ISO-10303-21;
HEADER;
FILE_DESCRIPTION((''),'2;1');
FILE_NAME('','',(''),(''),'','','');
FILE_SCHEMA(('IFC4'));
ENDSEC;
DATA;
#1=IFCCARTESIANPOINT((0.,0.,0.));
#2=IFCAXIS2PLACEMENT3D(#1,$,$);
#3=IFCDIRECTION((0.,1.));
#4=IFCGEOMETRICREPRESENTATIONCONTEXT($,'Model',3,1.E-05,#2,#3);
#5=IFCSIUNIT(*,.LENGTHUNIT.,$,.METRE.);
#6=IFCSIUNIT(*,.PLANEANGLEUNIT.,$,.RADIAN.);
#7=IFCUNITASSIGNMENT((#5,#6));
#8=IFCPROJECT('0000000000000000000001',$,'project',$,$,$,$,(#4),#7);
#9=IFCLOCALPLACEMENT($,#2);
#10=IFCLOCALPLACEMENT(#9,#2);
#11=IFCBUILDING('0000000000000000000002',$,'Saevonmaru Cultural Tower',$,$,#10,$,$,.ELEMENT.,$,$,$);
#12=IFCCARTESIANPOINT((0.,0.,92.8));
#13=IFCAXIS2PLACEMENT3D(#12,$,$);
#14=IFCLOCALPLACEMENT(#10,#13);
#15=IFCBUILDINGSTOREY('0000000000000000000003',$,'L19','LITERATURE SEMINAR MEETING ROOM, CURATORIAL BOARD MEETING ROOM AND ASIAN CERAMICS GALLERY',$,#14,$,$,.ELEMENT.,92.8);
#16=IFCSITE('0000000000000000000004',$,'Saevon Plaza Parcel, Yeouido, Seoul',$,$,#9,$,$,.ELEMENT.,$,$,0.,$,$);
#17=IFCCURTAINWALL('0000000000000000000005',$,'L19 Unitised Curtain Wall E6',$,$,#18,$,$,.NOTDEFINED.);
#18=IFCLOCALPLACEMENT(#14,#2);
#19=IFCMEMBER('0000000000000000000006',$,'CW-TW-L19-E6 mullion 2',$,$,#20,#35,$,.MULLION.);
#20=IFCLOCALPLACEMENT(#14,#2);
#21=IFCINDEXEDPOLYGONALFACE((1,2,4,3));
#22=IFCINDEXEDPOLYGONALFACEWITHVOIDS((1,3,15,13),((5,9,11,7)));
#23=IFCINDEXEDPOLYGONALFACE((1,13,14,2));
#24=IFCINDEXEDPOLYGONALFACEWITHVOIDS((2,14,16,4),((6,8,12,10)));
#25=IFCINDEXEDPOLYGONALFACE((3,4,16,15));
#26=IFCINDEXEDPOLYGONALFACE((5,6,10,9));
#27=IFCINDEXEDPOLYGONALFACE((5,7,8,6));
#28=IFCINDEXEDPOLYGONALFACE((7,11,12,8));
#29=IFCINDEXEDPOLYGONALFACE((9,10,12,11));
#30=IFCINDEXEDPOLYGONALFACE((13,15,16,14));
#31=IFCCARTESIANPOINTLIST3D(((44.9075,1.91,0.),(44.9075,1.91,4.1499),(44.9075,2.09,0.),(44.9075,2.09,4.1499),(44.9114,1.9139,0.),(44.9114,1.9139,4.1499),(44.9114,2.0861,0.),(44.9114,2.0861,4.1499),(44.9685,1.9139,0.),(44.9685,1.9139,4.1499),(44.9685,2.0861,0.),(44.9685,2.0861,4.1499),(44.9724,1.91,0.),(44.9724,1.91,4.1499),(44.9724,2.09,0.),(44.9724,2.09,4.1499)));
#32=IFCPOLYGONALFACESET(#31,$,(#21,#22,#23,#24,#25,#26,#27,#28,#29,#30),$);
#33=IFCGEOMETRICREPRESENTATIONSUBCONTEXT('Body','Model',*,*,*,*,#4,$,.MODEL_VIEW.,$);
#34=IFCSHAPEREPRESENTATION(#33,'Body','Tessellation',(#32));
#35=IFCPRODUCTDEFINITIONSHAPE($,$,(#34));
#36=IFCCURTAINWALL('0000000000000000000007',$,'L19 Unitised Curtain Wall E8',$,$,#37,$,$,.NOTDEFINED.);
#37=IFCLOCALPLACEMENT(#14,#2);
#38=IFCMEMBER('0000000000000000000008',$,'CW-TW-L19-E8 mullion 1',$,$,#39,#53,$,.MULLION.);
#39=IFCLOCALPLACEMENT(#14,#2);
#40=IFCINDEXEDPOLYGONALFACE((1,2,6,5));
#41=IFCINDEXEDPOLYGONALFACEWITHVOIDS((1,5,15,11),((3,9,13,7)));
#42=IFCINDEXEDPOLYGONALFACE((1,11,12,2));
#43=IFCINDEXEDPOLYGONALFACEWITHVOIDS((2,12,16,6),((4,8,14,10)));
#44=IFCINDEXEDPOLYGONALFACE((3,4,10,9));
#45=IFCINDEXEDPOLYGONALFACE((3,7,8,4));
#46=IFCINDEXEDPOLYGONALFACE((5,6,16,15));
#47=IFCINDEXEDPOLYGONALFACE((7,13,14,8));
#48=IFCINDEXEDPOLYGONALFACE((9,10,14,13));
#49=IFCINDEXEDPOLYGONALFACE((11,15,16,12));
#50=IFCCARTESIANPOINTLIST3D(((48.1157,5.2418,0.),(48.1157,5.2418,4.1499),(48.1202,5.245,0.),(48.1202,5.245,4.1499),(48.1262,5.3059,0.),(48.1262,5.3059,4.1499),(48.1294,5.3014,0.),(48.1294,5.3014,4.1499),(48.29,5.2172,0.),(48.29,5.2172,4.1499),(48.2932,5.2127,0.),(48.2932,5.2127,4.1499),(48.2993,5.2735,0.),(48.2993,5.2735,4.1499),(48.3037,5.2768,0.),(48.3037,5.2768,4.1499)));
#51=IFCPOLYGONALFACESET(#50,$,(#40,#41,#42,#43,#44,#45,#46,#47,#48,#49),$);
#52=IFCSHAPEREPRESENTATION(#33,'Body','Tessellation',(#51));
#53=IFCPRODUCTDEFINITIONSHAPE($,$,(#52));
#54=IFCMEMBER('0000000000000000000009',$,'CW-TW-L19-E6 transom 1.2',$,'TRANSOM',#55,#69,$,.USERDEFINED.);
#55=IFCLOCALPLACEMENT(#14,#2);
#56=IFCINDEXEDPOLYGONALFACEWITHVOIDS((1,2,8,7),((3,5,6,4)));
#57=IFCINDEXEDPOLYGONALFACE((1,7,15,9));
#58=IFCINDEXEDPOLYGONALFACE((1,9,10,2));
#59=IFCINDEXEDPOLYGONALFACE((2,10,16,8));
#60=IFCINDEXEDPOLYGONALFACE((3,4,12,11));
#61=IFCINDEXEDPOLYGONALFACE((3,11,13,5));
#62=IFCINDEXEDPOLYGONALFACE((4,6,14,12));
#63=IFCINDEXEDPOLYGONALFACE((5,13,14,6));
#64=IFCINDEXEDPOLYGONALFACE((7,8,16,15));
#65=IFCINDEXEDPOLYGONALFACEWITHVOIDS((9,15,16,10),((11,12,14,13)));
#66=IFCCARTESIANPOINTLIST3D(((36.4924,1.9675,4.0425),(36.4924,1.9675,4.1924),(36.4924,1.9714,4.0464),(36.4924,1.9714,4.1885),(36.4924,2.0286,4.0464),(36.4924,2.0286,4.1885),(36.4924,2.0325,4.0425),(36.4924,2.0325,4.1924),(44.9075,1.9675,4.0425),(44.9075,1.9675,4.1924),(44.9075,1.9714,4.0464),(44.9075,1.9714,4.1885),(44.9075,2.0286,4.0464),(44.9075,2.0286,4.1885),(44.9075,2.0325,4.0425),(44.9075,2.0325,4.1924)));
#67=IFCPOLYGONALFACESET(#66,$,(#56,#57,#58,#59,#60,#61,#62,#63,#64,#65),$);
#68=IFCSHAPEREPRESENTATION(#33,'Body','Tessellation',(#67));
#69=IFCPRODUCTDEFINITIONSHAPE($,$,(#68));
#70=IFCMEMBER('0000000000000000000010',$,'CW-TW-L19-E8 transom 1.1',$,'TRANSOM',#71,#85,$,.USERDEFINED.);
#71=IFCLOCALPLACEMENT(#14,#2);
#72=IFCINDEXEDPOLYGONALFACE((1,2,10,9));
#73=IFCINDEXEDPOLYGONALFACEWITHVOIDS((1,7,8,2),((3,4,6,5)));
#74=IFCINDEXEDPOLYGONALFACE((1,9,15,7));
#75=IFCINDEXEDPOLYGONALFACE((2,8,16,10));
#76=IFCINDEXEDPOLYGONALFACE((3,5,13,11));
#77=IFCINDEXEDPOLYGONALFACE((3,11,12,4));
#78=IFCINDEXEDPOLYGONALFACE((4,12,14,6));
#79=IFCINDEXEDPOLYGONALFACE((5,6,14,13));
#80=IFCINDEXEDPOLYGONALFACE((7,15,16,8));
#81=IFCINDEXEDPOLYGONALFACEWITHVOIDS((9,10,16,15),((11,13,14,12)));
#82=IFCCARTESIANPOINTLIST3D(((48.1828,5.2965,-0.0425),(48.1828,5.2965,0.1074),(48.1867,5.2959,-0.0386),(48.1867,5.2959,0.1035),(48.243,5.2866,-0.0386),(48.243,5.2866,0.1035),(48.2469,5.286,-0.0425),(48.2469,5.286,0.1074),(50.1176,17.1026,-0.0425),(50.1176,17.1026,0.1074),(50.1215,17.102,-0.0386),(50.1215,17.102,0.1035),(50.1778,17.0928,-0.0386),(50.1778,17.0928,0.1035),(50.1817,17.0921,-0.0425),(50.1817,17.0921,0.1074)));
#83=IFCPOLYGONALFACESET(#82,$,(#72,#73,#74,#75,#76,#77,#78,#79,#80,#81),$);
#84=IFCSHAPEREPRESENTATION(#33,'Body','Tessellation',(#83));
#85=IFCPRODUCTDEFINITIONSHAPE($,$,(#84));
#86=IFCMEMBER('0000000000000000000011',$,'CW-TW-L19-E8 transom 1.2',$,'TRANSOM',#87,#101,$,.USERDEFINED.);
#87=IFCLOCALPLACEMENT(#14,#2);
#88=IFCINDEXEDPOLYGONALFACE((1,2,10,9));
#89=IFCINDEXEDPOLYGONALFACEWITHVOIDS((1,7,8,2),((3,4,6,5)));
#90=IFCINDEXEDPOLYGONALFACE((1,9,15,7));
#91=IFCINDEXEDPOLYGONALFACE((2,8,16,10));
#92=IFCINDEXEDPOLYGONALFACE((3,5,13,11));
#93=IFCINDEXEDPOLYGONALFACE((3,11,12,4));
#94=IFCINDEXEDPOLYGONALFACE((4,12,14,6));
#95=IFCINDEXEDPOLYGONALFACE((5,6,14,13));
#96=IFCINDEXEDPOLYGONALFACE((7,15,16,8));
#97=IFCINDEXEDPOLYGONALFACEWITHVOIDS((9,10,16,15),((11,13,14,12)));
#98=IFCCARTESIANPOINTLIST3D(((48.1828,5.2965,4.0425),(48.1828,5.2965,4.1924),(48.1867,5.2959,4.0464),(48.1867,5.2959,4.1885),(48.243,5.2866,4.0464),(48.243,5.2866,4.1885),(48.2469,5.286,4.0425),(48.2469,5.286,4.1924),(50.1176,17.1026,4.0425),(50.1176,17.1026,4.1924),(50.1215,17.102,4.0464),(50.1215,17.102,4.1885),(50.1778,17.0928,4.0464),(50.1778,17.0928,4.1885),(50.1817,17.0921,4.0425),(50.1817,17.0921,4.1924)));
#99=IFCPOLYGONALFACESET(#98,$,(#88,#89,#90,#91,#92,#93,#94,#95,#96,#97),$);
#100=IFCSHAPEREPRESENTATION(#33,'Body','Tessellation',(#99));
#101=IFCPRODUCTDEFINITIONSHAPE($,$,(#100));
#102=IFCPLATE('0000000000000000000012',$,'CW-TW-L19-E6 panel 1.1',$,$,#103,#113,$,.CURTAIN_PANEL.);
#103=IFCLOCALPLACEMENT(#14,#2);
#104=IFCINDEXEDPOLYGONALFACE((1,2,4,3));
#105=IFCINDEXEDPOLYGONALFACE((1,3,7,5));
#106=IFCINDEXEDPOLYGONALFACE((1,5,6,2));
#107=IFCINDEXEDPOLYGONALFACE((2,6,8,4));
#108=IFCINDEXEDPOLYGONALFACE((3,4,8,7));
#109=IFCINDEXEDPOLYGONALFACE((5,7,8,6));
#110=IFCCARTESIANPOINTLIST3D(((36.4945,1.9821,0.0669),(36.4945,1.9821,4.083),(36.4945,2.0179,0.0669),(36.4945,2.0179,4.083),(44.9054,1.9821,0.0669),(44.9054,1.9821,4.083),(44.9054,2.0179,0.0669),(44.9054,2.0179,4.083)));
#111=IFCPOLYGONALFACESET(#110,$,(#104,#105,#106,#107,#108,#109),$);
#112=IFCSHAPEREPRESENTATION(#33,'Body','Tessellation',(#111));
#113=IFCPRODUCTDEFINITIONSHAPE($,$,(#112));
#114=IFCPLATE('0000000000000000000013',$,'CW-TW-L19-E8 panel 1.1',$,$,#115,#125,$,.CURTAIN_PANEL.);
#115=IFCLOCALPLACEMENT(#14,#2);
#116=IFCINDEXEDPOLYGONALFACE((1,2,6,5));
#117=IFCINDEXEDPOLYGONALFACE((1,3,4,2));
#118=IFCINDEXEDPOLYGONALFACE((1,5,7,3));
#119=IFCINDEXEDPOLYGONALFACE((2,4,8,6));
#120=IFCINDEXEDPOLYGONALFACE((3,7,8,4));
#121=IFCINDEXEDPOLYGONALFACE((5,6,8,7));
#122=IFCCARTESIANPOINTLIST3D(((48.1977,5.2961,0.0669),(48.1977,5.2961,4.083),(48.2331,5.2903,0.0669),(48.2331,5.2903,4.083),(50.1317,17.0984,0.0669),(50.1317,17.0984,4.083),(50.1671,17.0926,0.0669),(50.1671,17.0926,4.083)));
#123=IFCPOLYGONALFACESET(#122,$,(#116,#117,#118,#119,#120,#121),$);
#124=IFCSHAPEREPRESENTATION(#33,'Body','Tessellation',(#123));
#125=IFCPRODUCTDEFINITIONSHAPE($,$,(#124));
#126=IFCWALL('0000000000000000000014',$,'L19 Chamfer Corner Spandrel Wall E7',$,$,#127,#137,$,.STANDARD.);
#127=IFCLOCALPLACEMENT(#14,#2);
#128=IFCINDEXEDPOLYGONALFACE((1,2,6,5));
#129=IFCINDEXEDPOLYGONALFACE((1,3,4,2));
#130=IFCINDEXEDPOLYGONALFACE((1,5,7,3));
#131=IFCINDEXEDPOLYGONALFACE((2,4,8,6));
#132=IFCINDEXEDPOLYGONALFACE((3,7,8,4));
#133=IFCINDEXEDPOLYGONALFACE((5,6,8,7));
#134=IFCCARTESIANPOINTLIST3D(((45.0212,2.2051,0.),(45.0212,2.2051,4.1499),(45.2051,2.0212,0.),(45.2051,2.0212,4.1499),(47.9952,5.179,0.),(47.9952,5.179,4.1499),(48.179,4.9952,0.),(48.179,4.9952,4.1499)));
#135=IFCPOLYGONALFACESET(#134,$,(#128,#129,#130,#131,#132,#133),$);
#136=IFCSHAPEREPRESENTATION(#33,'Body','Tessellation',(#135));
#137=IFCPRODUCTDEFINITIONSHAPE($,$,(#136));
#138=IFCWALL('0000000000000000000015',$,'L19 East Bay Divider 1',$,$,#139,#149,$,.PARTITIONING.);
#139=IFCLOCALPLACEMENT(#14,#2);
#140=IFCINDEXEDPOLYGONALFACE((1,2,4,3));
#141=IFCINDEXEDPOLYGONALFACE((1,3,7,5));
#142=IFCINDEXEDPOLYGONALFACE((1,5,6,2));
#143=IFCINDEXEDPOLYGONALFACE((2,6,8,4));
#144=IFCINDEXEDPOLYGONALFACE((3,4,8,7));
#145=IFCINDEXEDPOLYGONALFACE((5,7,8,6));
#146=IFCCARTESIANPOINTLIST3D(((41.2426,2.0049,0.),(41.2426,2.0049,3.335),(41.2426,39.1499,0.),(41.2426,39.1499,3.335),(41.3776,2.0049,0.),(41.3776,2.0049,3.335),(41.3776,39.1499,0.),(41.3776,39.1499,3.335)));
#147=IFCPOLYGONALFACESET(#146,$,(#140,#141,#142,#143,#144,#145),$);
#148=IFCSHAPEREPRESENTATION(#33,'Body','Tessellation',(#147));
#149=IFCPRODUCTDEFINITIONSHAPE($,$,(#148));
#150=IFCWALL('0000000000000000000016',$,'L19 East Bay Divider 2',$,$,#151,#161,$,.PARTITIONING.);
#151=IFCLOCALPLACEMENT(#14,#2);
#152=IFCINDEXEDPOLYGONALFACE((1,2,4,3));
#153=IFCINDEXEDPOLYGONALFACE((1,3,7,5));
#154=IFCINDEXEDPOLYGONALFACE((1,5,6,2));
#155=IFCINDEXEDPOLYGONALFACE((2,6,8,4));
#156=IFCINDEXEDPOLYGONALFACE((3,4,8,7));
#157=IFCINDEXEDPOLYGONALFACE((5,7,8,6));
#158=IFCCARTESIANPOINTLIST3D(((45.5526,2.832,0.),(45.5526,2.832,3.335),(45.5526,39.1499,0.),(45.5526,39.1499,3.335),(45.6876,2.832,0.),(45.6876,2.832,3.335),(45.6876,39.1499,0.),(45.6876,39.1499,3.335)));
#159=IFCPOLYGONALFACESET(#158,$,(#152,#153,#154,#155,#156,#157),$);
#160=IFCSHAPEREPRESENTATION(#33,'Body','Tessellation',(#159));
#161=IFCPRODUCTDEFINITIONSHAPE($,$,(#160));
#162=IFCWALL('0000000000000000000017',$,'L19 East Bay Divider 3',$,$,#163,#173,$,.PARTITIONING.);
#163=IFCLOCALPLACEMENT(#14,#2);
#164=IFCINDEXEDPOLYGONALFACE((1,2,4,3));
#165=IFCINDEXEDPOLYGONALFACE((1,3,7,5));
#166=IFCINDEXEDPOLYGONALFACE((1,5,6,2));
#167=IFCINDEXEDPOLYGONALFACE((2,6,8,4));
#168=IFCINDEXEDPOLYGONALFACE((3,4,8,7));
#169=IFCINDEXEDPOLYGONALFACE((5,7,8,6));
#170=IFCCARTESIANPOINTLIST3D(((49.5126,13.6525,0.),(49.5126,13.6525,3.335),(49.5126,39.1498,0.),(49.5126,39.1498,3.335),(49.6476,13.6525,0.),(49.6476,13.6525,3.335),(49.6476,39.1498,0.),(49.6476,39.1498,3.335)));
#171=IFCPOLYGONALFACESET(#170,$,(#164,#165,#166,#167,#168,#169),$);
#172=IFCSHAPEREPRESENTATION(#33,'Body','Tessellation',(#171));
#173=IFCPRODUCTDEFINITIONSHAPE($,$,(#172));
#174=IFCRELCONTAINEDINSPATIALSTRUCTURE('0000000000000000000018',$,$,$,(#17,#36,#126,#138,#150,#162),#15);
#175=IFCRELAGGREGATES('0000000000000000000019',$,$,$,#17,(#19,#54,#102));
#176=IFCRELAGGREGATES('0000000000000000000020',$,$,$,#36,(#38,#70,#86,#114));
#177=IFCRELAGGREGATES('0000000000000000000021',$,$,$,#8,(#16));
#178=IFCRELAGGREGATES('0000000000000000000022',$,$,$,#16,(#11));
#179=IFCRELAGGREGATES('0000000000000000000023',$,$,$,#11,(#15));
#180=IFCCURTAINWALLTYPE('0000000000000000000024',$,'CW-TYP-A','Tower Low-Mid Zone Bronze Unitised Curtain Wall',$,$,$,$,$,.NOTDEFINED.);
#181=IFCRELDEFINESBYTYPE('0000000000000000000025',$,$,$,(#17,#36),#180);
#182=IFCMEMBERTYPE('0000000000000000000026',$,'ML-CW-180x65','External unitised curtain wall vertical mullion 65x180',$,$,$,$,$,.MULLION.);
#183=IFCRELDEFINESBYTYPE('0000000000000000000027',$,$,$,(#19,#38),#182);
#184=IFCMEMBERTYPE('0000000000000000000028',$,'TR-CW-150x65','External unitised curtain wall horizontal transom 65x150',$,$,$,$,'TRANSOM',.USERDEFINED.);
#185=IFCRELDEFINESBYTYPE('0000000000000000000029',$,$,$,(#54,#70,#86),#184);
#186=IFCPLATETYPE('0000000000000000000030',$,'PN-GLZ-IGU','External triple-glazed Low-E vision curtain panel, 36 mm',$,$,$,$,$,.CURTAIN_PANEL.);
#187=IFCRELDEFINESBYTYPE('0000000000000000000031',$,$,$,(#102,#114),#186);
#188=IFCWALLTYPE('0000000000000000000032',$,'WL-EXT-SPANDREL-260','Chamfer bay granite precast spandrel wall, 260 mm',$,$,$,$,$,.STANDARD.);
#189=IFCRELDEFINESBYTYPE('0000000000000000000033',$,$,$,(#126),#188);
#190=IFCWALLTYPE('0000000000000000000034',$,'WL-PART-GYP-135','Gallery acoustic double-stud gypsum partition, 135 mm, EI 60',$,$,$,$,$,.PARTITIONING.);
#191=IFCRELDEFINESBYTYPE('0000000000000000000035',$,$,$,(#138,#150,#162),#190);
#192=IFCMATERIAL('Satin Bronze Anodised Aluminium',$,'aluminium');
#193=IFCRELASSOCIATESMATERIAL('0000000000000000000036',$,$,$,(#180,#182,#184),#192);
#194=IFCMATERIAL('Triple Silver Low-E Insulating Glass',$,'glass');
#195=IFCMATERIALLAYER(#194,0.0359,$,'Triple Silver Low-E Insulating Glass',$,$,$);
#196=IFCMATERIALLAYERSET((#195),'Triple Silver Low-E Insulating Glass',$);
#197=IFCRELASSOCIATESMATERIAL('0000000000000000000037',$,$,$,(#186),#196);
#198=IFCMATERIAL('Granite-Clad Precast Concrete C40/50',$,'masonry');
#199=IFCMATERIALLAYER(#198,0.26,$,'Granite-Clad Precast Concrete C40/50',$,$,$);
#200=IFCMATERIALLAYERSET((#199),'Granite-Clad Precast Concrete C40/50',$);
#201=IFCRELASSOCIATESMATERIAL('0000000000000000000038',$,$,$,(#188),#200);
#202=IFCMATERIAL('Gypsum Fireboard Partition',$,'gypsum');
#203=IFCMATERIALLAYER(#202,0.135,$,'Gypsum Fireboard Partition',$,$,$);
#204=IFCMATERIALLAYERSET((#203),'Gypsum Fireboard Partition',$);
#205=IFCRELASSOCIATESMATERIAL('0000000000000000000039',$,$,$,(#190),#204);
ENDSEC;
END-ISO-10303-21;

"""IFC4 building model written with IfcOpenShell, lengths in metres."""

from ifc_helpers import new_model, si_unit, direction, frame, frame_2d, origin, origin_2d, place, context, subcontext, project, spatial, rectangle, hollow_rectangle, extrude, material, layer, layer_set, material_profile, profile_set, type_object, element, aggregate, save


model = new_model("IFC4")

# Units and contexts
model_context = context("Model", 3, precision=1e-05, world=origin(), true_north=direction((0.0, 1.0)))
body_context = subcontext(model_context, "Body", "Model", "MODEL_VIEW")
ifc_project = project(units=[si_unit("LENGTHUNIT", "METRE"), si_unit("PLANEANGLEUNIT", "RADIAN")], contexts=[model_context])

# Site, building, storey
site_placement = place(None, origin())
site = spatial("IfcSite", under=ifc_project, at=site_placement, Name="Saevon Plaza Parcel, Yeouido, Seoul", CompositionType="ELEMENT", RefElevation=0.0)
building_placement = place(site_placement, origin())
building = spatial("IfcBuilding", under=site, at=building_placement, Name="Saevonmaru Cultural Tower", CompositionType="ELEMENT")
storey_placement = place(building_placement, frame((0.0, 0.0, 92.8)))
storey = spatial("IfcBuildingStorey", under=building, at=storey_placement, Name="L19", Description="LITERATURE SEMINAR MEETING ROOM, CURATORIAL BOARD MEETING ROOM AND ASIAN CERAMICS GALLERY", CompositionType="ELEMENT", Elevation=92.8)

# Curtain walls, members
ifc_material_1 = material(Name="Satin Bronze Anodised Aluminium", Category="aluminium")
curtain_wall_type = type_object("IfcCurtainWallType", Name="CW-TYP-A", Description="Tower Low-Mid Zone Bronze Unitised Curtain Wall", PredefinedType="NOTDEFINED", material=ifc_material_1)
curtain_wall_1_placement = place(storey_placement, origin())
curtain_wall_1 = element("IfcCurtainWall", 1, at=curtain_wall_1_placement, inside=storey, type_object=curtain_wall_type, Name="L19 Unitised Curtain Wall E6", PredefinedType="NOTDEFINED")
ifc_material_profile_1 = material_profile(ifc_material_1, hollow_rectangle(XDim=0.0649, YDim=0.1799, WallThickness=0.0039, at=origin_2d()), Name="ALU-MULL-180x65x4")
ifc_profile_set_1 = profile_set([ifc_material_profile_1], Name="Satin Bronze Anodised Aluminium")
member_type_1 = type_object("IfcMemberType", Name="ML-CW-180x65", Description="External unitised curtain wall vertical mullion 65x180", PredefinedType="MULLION", material=ifc_profile_set_1)
member_1_placement = place(storey_placement, frame((44.9399, 2.0, 0.0), z_axis=(0.0, 0.0, 1.0), x_axis=(1.0, 0.0, 0.0)))
member_1 = element("IfcMember", 2, at=member_1_placement, type_object=member_type_1, Name="CW-TW-L19-E6 mullion 2", PredefinedType="MULLION", context=body_context, shape_type="SweptSolid", body=[
    extrude(hollow_rectangle(XDim=0.0649, YDim=0.1799, WallThickness=0.0039, at=origin_2d()), origin(), (0.0, 0.0, 1.0), 4.1499),
])
curtain_wall_2_placement = place(storey_placement, origin())
curtain_wall_2 = element("IfcCurtainWall", 3, at=curtain_wall_2_placement, inside=storey, type_object=curtain_wall_type, Name="L19 Unitised Curtain Wall E8", PredefinedType="NOTDEFINED")
member_2_placement = place(storey_placement, frame((48.2097, 5.2593, 0.0), z_axis=(0.0, 0.0, 1.0), x_axis=(0.161709, 0.986839, 0.0)))
member_2 = element("IfcMember", 4, at=member_2_placement, type_object=member_type_1, Name="CW-TW-L19-E8 mullion 1", PredefinedType="MULLION", context=body_context, shape_type="SweptSolid", body=[
    extrude(hollow_rectangle(XDim=0.0649, YDim=0.1799, WallThickness=0.0039, at=origin_2d()), origin(), (0.0, 0.0, 1.0), 4.1499),
])

# Members
ifc_material_profile_2 = material_profile(ifc_material_1, hollow_rectangle(XDim=0.0649, YDim=0.1499, WallThickness=0.0039, at=origin_2d()), Name="ALU-TRAN-150x65x4")
ifc_profile_set_2 = profile_set([ifc_material_profile_2], Name="Satin Bronze Anodised Aluminium")
member_type_2 = type_object("IfcMemberType", Name="TR-CW-150x65", Description="External unitised curtain wall horizontal transom 65x150", ElementType="TRANSOM", PredefinedType="USERDEFINED", material=ifc_profile_set_2)
member_3_placement = place(storey_placement, frame((36.4924, 2.0, 4.1174), z_axis=(1.0, 0.0, 0.0), x_axis=(0.0, 1.0, 0.0)))
member_3 = element("IfcMember", 5, at=member_3_placement, type_object=member_type_2, Name="CW-TW-L19-E6 transom 1.2", ObjectType="TRANSOM", PredefinedType="USERDEFINED", context=body_context, shape_type="SweptSolid", body=[
    extrude(hollow_rectangle(XDim=0.0649, YDim=0.1499, WallThickness=0.0039, at=origin_2d()), origin(), (0.0, 0.0, 1.0), 8.415),
])
member_4_placement = place(storey_placement, frame((48.2148, 5.2913, 0.0325), z_axis=(0.161725, 0.986836, 0.0), x_axis=(-0.986836, 0.161725, 0.0)))
member_4 = element("IfcMember", 6, at=member_4_placement, type_object=member_type_2, Name="CW-TW-L19-E8 transom 1.1", ObjectType="TRANSOM", PredefinedType="USERDEFINED", context=body_context, shape_type="SweptSolid", body=[
    extrude(hollow_rectangle(XDim=0.0649, YDim=0.1499, WallThickness=0.0039, at=origin_2d()), origin(), (0.0, 0.0, 1.0), 11.9636),
])
member_5_placement = place(storey_placement, frame((48.2148, 5.2913, 4.1174), z_axis=(0.161725, 0.986836, 0.0), x_axis=(-0.986836, 0.161725, 0.0)))
member_5 = element("IfcMember", 7, at=member_5_placement, type_object=member_type_2, Name="CW-TW-L19-E8 transom 1.2", ObjectType="TRANSOM", PredefinedType="USERDEFINED", context=body_context, shape_type="SweptSolid", body=[
    extrude(hollow_rectangle(XDim=0.0649, YDim=0.1499, WallThickness=0.0039, at=origin_2d()), origin(), (0.0, 0.0, 1.0), 11.9636),
])

# Plates
ifc_material_2 = material(Name="Triple Silver Low-E Insulating Glass", Category="glass")
ifc_layer_1 = layer(ifc_material_2, 0.0359, Name="Triple Silver Low-E Insulating Glass")
ifc_layer_set_1 = layer_set([ifc_layer_1], Name="Triple Silver Low-E Insulating Glass")
plate_type = type_object("IfcPlateType", Name="PN-GLZ-IGU", Description="External triple-glazed Low-E vision curtain panel, 36 mm", PredefinedType="CURTAIN_PANEL", material=ifc_layer_set_1)
plate_1_placement = place(storey_placement, frame((40.7, 2.0, 0.0669), z_axis=(0.0, 0.0, 1.0), x_axis=(1.0, 0.0, 0.0)))
plate_1 = element("IfcPlate", 8, at=plate_1_placement, type_object=plate_type, Name="CW-TW-L19-E6 panel 1.1", PredefinedType="CURTAIN_PANEL", context=body_context, shape_type="SweptSolid", body=[
    extrude(rectangle(XDim=8.4109, YDim=0.0359, at=origin_2d()), origin(), (0.0, 0.0, 1.0), 4.0161),
])
aggregate(curtain_wall_1, [member_1, member_3, plate_1])
plate_2_placement = place(storey_placement, frame((49.1824, 11.1943, 0.0669), z_axis=(0.0, 0.0, 1.0), x_axis=(0.161709, 0.986839, 0.0)))
plate_2 = element("IfcPlate", 9, at=plate_2_placement, type_object=plate_type, Name="CW-TW-L19-E8 panel 1.1", PredefinedType="CURTAIN_PANEL", context=body_context, shape_type="SweptSolid", body=[
    extrude(rectangle(XDim=11.9597, YDim=0.0359, at=origin_2d()), origin(), (0.0, 0.0, 1.0), 4.0161),
])
aggregate(curtain_wall_2, [member_2, member_4, member_5, plate_2])

# Walls
ifc_material_3 = material(Name="Granite-Clad Precast Concrete C40/50", Category="masonry")
ifc_layer_2 = layer(ifc_material_3, 0.26, Name="Granite-Clad Precast Concrete C40/50")
ifc_layer_set_2 = layer_set([ifc_layer_2], Name="Granite-Clad Precast Concrete C40/50")
wall_type_1 = type_object("IfcWallType", Name="WL-EXT-SPANDREL-260", Description="Chamfer bay granite precast spandrel wall, 260 mm", PredefinedType="STANDARD", material=ifc_layer_set_2)
wall_1_placement = place(storey_placement, frame((45.113, 2.113, 0.0), z_axis=(0.0, 0.0, 1.0), x_axis=(0.707107, 0.707107, 0.0)))
element("IfcWall", 10, at=wall_1_placement, inside=storey, type_object=wall_type_1, Name="L19 Chamfer Corner Spandrel Wall E7", PredefinedType="STANDARD", context=body_context, shape_type="SweptSolid", body=[
    extrude(rectangle(XDim=4.2058, YDim=0.26, at=frame_2d((2.103, 0.0))), origin(), (0.0, 0.0, 1.0), 4.1499),
])
ifc_material_4 = material(Name="Gypsum Fireboard Partition", Category="gypsum")
ifc_layer_3 = layer(ifc_material_4, 0.135, Name="Gypsum Fireboard Partition")
ifc_layer_set_3 = layer_set([ifc_layer_3], Name="Gypsum Fireboard Partition")
wall_type_2 = type_object("IfcWallType", Name="WL-PART-GYP-135", Description="Gallery acoustic double-stud gypsum partition, 135 mm, EI 60", PredefinedType="PARTITIONING", material=ifc_layer_set_3)
wall_2_placement = place(storey_placement, frame((41.3101, 2.0049, 0.0), z_axis=(0.0, 0.0, 1.0), x_axis=(0.0, 1.0, 0.0)))
element("IfcWall", 11, at=wall_2_placement, inside=storey, type_object=wall_type_2, Name="L19 East Bay Divider 1", PredefinedType="PARTITIONING", context=body_context, shape_type="SweptSolid", body=[
    extrude(rectangle(XDim=37.145, YDim=0.135, at=frame_2d((18.5725, 0.0))), origin(), (0.0, 0.0, 1.0), 3.335),
])
wall_3_placement = place(storey_placement, frame((45.6201, 2.832, 0.0), z_axis=(0.0, 0.0, 1.0), x_axis=(0.0, 1.0, 0.0)))
element("IfcWall", 12, at=wall_3_placement, inside=storey, type_object=wall_type_2, Name="L19 East Bay Divider 2", PredefinedType="PARTITIONING", context=body_context, shape_type="SweptSolid", body=[
    extrude(rectangle(XDim=36.3179, YDim=0.135, at=frame_2d((18.1589, 0.0))), origin(), (0.0, 0.0, 1.0), 3.335),
])
wall_4_placement = place(storey_placement, frame((49.5801, 13.6526, 0.0), z_axis=(0.0, 0.0, 1.0), x_axis=(0.0, 1.0, 0.0)))
element("IfcWall", 13, at=wall_4_placement, inside=storey, type_object=wall_type_2, Name="L19 East Bay Divider 3", PredefinedType="PARTITIONING", context=body_context, shape_type="SweptSolid", body=[
    extrude(rectangle(XDim=25.4973, YDim=0.135, at=frame_2d((12.7485, 0.0))), origin(), (0.0, 0.0, 1.0), 3.335),
])

save(model, "model.ifc")
